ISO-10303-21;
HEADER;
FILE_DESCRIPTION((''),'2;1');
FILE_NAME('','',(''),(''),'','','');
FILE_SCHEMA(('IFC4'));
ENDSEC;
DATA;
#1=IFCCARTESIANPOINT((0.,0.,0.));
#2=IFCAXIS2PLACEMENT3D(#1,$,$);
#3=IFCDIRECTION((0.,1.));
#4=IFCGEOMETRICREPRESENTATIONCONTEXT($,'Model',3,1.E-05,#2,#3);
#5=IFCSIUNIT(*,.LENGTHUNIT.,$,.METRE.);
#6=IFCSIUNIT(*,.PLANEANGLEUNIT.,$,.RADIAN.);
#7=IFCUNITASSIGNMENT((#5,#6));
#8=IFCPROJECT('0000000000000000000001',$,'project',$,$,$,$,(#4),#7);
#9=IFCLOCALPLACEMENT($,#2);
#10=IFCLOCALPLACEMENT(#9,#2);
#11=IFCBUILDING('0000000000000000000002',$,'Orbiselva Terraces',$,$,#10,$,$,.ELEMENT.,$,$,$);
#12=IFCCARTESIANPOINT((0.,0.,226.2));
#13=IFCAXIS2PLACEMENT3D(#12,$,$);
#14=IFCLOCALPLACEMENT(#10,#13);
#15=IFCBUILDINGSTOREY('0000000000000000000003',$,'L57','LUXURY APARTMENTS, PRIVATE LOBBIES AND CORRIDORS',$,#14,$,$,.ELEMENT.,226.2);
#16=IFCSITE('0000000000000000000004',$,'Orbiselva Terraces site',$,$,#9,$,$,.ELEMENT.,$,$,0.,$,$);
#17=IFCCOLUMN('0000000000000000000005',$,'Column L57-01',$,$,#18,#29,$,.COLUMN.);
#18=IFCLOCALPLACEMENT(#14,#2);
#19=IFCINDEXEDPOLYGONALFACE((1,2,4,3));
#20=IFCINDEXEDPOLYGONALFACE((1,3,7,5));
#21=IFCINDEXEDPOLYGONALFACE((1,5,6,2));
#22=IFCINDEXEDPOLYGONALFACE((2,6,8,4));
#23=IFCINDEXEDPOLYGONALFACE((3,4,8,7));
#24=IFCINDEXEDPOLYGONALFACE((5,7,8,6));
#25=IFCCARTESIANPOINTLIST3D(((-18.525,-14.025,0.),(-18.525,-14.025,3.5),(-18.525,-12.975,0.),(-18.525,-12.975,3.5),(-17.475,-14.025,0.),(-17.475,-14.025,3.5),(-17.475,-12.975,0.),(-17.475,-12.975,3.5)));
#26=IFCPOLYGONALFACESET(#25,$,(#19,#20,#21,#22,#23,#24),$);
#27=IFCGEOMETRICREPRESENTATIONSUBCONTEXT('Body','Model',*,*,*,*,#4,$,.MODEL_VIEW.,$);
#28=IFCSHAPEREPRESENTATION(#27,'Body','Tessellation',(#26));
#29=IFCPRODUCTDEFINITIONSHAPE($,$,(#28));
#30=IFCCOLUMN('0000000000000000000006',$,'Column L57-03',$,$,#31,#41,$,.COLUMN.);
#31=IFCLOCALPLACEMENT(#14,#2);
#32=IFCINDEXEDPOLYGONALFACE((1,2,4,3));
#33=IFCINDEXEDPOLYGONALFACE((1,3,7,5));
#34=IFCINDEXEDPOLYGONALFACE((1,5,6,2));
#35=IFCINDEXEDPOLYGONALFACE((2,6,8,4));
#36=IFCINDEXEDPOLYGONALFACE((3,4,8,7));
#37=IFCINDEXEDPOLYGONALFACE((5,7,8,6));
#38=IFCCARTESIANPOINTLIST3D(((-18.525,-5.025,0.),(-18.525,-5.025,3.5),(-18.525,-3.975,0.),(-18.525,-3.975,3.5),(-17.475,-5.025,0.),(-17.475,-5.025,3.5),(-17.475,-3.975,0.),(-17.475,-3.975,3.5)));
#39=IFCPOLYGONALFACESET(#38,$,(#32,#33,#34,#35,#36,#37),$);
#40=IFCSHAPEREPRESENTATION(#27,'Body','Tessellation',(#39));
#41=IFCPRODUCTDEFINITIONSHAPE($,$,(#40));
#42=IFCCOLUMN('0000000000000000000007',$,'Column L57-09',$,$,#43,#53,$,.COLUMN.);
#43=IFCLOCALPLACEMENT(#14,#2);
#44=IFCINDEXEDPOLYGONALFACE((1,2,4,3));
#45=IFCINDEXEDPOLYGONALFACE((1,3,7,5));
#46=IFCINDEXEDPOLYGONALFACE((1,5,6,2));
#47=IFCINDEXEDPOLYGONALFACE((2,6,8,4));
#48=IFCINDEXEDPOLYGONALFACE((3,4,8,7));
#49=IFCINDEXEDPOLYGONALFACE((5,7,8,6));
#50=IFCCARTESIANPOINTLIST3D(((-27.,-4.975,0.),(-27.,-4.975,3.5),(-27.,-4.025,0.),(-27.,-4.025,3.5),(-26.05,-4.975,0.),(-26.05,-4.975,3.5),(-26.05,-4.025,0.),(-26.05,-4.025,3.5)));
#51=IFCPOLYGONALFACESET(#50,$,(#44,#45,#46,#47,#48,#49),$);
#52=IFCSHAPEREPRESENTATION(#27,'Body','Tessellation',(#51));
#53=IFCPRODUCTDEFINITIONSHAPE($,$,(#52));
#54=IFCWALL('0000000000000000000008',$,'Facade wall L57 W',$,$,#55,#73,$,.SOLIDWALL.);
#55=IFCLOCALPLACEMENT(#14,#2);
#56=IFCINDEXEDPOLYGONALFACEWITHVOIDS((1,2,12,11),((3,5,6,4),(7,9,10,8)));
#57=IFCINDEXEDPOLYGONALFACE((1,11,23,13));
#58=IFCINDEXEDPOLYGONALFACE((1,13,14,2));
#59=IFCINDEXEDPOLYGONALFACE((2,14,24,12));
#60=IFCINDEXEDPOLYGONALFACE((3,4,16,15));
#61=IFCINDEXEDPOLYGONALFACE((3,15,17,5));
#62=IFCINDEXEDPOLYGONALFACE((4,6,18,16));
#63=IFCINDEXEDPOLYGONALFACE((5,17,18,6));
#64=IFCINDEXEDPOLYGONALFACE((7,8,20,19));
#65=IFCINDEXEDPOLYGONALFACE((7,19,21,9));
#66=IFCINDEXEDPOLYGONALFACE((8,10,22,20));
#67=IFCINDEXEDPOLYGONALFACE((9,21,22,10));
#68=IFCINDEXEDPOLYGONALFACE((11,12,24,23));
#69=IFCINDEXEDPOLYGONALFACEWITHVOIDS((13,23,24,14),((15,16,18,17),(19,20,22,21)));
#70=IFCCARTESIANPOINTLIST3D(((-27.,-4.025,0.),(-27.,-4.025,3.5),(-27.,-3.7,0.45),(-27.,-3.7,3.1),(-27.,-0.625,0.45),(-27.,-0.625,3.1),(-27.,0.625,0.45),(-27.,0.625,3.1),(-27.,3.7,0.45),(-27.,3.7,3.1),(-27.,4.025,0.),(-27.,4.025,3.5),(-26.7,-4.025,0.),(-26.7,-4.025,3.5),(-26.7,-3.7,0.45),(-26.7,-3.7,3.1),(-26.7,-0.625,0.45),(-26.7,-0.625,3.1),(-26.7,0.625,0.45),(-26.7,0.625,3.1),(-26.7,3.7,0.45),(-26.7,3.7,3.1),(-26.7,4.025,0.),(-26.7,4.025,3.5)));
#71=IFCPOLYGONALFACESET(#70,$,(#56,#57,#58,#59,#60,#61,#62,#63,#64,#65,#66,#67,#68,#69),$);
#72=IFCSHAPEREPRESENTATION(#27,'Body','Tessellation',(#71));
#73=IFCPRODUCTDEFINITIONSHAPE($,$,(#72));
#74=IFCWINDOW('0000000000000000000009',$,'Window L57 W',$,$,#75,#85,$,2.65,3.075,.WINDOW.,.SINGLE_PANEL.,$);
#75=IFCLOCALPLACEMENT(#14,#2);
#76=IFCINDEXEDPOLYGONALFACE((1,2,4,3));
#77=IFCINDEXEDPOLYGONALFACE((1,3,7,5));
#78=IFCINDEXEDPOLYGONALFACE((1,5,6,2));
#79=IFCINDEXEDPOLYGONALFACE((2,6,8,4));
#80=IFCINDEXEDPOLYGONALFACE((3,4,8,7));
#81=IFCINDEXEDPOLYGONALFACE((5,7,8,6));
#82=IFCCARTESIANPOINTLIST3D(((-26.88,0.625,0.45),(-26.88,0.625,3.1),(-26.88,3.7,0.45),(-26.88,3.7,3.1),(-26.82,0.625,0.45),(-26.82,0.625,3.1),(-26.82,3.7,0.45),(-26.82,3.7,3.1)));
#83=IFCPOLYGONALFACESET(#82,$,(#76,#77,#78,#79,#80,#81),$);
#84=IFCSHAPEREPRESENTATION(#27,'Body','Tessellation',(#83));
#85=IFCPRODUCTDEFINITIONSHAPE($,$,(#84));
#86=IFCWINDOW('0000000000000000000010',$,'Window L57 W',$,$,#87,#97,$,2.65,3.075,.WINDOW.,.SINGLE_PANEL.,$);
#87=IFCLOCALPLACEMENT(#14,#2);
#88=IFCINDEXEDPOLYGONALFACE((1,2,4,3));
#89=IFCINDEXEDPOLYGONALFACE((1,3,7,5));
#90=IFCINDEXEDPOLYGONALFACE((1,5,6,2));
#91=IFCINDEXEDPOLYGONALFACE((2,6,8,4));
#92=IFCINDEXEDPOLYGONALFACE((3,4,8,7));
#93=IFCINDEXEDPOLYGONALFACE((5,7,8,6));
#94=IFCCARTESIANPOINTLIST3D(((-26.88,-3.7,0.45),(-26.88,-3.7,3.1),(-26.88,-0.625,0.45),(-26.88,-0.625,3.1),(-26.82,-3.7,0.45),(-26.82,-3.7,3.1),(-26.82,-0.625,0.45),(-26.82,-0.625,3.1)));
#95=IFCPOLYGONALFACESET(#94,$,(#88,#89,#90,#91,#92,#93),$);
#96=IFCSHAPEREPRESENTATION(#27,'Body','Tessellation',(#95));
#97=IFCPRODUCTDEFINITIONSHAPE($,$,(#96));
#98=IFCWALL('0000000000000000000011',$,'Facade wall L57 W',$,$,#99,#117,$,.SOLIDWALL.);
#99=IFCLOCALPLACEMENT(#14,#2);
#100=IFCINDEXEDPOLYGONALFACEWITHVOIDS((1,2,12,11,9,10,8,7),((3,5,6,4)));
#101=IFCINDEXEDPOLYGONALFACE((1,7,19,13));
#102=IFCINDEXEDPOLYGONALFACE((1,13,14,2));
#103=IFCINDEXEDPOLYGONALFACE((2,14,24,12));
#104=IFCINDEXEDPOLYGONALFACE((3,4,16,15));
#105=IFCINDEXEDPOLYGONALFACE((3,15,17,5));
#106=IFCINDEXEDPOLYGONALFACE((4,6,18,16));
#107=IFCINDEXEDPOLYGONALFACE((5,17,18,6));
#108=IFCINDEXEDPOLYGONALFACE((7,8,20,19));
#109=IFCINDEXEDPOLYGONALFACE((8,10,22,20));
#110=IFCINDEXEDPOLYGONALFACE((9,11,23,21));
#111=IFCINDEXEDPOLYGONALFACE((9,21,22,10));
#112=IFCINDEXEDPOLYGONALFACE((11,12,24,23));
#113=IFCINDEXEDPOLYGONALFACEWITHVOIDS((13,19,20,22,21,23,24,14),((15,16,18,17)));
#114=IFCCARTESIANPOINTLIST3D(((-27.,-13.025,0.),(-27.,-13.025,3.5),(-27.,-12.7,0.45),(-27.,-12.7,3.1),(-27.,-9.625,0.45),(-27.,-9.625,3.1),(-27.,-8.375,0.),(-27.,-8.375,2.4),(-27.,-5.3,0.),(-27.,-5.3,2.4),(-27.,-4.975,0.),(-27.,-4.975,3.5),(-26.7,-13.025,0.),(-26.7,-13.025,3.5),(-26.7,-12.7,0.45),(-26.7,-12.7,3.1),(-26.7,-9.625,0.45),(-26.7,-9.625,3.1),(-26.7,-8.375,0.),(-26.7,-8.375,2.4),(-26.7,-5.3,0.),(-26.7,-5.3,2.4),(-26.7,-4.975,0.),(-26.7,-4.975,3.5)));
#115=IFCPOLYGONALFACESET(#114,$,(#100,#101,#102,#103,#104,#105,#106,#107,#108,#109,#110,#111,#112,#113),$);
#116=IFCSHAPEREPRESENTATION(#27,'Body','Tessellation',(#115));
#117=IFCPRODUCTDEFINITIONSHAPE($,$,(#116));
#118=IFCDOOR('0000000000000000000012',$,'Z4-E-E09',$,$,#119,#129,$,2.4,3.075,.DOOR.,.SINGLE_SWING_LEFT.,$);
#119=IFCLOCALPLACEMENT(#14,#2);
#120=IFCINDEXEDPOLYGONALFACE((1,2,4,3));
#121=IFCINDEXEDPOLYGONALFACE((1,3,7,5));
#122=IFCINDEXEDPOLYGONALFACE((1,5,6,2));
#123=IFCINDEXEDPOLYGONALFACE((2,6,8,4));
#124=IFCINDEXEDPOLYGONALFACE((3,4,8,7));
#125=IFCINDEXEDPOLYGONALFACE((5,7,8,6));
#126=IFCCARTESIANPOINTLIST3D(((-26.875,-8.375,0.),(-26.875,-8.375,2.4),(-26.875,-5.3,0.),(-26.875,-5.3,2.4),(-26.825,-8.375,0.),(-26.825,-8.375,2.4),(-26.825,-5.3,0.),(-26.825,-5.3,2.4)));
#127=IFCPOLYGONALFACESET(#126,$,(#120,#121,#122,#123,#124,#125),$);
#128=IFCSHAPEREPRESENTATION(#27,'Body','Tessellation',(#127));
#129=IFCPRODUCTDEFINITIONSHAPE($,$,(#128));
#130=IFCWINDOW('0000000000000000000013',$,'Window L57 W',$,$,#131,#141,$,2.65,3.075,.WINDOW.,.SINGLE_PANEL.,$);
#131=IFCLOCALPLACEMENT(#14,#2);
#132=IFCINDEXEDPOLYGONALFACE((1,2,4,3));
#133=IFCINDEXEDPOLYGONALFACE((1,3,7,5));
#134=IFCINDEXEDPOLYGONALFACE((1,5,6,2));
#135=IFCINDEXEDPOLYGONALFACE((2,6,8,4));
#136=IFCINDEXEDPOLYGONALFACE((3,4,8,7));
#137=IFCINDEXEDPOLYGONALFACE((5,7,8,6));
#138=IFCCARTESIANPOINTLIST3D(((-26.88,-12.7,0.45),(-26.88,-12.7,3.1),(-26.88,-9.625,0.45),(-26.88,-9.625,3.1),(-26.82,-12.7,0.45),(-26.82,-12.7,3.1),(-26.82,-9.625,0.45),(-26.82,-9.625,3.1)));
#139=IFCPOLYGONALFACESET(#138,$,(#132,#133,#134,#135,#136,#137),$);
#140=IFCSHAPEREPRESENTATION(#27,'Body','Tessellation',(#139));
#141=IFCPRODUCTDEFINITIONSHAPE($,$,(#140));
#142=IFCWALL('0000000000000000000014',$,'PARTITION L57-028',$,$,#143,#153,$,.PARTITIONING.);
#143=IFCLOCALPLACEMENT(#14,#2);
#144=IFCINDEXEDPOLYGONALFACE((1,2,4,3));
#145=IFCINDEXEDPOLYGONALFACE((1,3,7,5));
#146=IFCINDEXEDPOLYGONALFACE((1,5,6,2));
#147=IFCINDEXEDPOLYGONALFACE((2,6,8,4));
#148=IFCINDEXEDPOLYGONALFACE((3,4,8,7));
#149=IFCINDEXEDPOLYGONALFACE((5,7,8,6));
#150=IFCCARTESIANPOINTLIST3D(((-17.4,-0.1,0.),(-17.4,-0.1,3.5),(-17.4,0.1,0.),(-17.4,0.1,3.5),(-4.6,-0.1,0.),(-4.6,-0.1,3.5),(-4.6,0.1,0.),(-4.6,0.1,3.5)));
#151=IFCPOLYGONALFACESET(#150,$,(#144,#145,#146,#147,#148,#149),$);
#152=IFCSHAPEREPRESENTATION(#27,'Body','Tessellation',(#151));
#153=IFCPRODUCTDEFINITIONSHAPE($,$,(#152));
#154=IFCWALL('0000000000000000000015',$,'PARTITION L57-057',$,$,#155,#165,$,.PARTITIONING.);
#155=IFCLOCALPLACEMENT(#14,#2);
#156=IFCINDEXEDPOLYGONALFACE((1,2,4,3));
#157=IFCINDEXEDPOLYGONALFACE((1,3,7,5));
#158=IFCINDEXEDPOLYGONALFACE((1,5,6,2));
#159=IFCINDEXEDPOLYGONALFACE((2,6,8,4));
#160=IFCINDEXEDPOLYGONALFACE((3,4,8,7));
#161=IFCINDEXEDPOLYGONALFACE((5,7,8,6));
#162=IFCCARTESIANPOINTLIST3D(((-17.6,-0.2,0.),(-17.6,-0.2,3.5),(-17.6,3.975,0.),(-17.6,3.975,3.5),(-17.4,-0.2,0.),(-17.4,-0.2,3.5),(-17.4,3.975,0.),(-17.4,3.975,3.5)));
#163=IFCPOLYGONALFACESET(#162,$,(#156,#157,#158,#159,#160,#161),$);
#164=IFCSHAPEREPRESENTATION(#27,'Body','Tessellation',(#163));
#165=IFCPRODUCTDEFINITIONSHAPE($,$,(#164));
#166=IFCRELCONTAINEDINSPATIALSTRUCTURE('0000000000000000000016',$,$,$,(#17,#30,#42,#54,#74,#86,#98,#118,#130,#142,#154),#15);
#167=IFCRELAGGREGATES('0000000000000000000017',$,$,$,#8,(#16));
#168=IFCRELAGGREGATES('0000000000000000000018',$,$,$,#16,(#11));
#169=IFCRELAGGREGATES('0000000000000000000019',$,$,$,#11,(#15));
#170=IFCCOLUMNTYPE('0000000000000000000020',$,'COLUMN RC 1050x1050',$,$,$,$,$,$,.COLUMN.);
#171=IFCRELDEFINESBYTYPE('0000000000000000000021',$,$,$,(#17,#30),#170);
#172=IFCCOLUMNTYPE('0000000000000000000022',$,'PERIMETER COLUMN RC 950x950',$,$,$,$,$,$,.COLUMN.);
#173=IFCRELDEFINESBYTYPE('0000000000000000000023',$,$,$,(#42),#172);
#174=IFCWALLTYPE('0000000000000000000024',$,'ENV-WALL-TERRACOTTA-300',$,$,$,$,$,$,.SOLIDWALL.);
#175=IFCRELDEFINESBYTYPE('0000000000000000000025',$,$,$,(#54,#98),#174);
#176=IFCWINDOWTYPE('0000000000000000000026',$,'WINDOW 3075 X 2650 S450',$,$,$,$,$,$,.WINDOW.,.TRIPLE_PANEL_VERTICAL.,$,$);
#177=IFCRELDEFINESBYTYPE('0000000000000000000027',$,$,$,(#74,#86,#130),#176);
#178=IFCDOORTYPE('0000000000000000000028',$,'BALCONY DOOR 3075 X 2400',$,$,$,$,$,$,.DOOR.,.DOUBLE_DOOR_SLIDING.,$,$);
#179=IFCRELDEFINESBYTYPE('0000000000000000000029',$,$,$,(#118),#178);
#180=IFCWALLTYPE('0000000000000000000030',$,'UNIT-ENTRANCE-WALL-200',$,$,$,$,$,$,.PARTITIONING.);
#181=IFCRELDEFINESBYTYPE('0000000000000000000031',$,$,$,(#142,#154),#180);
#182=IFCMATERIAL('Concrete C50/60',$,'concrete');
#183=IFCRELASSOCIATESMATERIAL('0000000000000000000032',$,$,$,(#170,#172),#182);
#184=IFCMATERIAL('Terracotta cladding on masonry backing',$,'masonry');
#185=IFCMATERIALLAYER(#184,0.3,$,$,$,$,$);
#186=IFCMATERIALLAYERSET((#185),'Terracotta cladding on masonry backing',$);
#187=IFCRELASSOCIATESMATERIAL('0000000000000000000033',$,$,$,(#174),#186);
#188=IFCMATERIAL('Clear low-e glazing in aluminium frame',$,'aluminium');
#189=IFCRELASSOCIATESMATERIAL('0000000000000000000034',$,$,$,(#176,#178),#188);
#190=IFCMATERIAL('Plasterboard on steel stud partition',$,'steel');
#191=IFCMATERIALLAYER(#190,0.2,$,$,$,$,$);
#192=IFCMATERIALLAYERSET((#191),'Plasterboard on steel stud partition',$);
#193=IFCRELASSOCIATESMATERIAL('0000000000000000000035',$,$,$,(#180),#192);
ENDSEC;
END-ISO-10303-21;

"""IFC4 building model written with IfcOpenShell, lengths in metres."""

from ifc_helpers import new_model, si_unit, direction, frame, frame_2d, origin, origin_2d, place, context, subcontext, project, spatial, rectangle, extrude, material, layer, layer_set, material_profile, profile_set, type_object, element, fill, save


model = new_model("IFC4")

# Units and contexts
model_context = context("Model", 3, precision=1e-05, world=origin(), true_north=direction((0.0, 1.0)))
body_context = subcontext(model_context, "Body", "Model", "MODEL_VIEW")
ifc_project = project(units=[si_unit("LENGTHUNIT", "METRE"), si_unit("PLANEANGLEUNIT", "RADIAN")], contexts=[model_context])

# Site, building, storey
site_placement = place(None, origin())
site = spatial("IfcSite", under=ifc_project, at=site_placement, Name="Orbiselva Terraces site", CompositionType="ELEMENT", RefElevation=0.0)
building_placement = place(site_placement, origin())
building = spatial("IfcBuilding", under=site, at=building_placement, Name="Orbiselva Terraces", CompositionType="ELEMENT")
storey_placement = place(building_placement, frame((0.0, 0.0, 226.2)))
storey = spatial("IfcBuildingStorey", under=building, at=storey_placement, Name="L57", Description="LUXURY APARTMENTS, PRIVATE LOBBIES AND CORRIDORS", CompositionType="ELEMENT", Elevation=226.2)

# Columns
ifc_material_1 = material(Name="Concrete C50/60", Category="concrete")
ifc_material_profile_1 = material_profile(ifc_material_1, rectangle(XDim=1.05, YDim=1.05, at=origin_2d()), Name="RC 1050x1050")
ifc_profile_set_1 = profile_set([ifc_material_profile_1], Name="Concrete C50/60")
column_type_1 = type_object("IfcColumnType", Name="COLUMN RC 1050x1050", PredefinedType="COLUMN", material=ifc_profile_set_1)
for number, where, z_axis, x_axis, name in (
    (1, (-18.0, -13.5, 0.0), (0.0, 0.0, 1.0), (1.0, 0.0, 0.0), "Column L57-01"),
    (2, (-18.0, -4.5, 0.0), (0.0, 0.0, 1.0), (1.0, 0.0, 0.0), "Column L57-03"),
):
    element("IfcColumn", number, at=place(storey_placement, frame(where, z_axis=z_axis, x_axis=x_axis)), inside=storey, type_object=column_type_1, Name=name, PredefinedType="COLUMN", context=body_context, shape_type="SweptSolid", body=[
        extrude(rectangle(XDim=1.05, YDim=1.05, at=origin_2d()), origin(), (0.0, 0.0, 1.0), 3.5),
    ])
ifc_material_profile_2 = material_profile(ifc_material_1, rectangle(XDim=0.95, YDim=0.95, at=origin_2d()), Name="RC 950x950")
ifc_profile_set_2 = profile_set([ifc_material_profile_2], Name="Concrete C50/60")
column_type_2 = type_object("IfcColumnType", Name="PERIMETER COLUMN RC 950x950", PredefinedType="COLUMN", material=ifc_profile_set_2)
column_placement = place(storey_placement, frame((-26.525, -4.5, 0.0), z_axis=(0.0, 0.0, 1.0), x_axis=(1.0, 0.0, 0.0)))
element("IfcColumn", 3, at=column_placement, inside=storey, type_object=column_type_2, Name="Column L57-09", PredefinedType="COLUMN", context=body_context, shape_type="SweptSolid", body=[
    extrude(rectangle(XDim=0.95, YDim=0.95, at=origin_2d()), origin(), (0.0, 0.0, 1.0), 3.5),
])

# Wall, openings, windows
ifc_material_2 = material(Name="Terracotta cladding on masonry backing", Category="masonry")
ifc_layer_1 = layer(ifc_material_2, 0.3)
ifc_layer_set_1 = layer_set([ifc_layer_1], Name="Terracotta cladding on masonry backing")
wall_type_1 = type_object("IfcWallType", Name="ENV-WALL-TERRACOTTA-300", PredefinedType="SOLIDWALL", material=ifc_layer_set_1)
wall_1_placement = place(storey_placement, frame((-26.85, -4.025, 0.0), z_axis=(0.0, 0.0, 1.0), x_axis=(0.0, 1.0, 0.0)))
wall_1 = element("IfcWall", 4, at=wall_1_placement, inside=storey, type_object=wall_type_1, Name="Facade wall L57 W", PredefinedType="SOLIDWALL", context=body_context, shape_type="SweptSolid", body=[
    extrude(rectangle(XDim=8.05, YDim=0.3, at=frame_2d((4.025, 0.0))), origin(), (0.0, 0.0, 1.0), 3.5),
])
opening_1_placement = place(wall_1_placement, frame((4.65, 0.0, 0.45)))
opening_1 = element("IfcOpeningElement", 5, at=opening_1_placement, cuts=wall_1, PredefinedType="OPENING", context=body_context, shape_type="SweptSolid", body=[
    extrude(rectangle(XDim=3.075, YDim=2.65, at=frame_2d((1.5375, 1.325))), frame((0.0, 0.16, 0.0), z_axis=(0.0, -1.0, 0.0), x_axis=(1.0, 0.0, 0.0)), (0.0, 0.0, 1.0), 0.32),
])
opening_2_placement = place(wall_1_placement, frame((0.325, 0.0, 0.45)))
opening_2 = element("IfcOpeningElement", 6, at=opening_2_placement, cuts=wall_1, PredefinedType="OPENING", context=body_context, shape_type="SweptSolid", body=[
    extrude(rectangle(XDim=3.075, YDim=2.65, at=frame_2d((1.5375, 1.325))), frame((0.0, 0.16, 0.0), z_axis=(0.0, -1.0, 0.0), x_axis=(1.0, 0.0, 0.0)), (0.0, 0.0, 1.0), 0.32),
])
ifc_material_3 = material(Name="Clear low-e glazing in aluminium frame", Category="aluminium")
window_type = type_object("IfcWindowType", Name="WINDOW 3075 X 2650 S450", PartitioningType="TRIPLE_PANEL_VERTICAL", PredefinedType="WINDOW", material=ifc_material_3)
window_1_placement = place(opening_1_placement, origin())
window_1 = element("IfcWindow", 7, at=window_1_placement, inside=storey, type_object=window_type, Name="Window L57 W", OverallHeight=2.65, OverallWidth=3.075, PartitioningType="SINGLE_PANEL", PredefinedType="WINDOW", context=body_context, shape_type="SweptSolid", body=[
    extrude(rectangle(XDim=3.075, YDim=2.65, at=frame_2d((1.5375, 1.325))), frame((0.0, 0.03, 0.0), z_axis=(0.0, -1.0, 0.0), x_axis=(1.0, 0.0, 0.0)), (0.0, 0.0, 1.0), 0.06),
])
fill(opening_1, window_1)
window_2_placement = place(opening_2_placement, origin())
window_2 = element("IfcWindow", 8, at=window_2_placement, inside=storey, type_object=window_type, Name="Window L57 W", OverallHeight=2.65, OverallWidth=3.075, PartitioningType="SINGLE_PANEL", PredefinedType="WINDOW", context=body_context, shape_type="SweptSolid", body=[
    extrude(rectangle(XDim=3.075, YDim=2.65, at=frame_2d((1.5375, 1.325))), frame((0.0, 0.03, 0.0), z_axis=(0.0, -1.0, 0.0), x_axis=(1.0, 0.0, 0.0)), (0.0, 0.0, 1.0), 0.06),
])
fill(opening_2, window_2)

# Wall, openings, door, window
wall_2_placement = place(storey_placement, frame((-26.85, -13.025, 0.0), z_axis=(0.0, 0.0, 1.0), x_axis=(0.0, 1.0, 0.0)))
wall_2 = element("IfcWall", 9, at=wall_2_placement, inside=storey, type_object=wall_type_1, Name="Facade wall L57 W", PredefinedType="SOLIDWALL", context=body_context, shape_type="SweptSolid", body=[
    extrude(rectangle(XDim=8.05, YDim=0.3, at=frame_2d((4.025, 0.0))), origin(), (0.0, 0.0, 1.0), 3.5),
])
opening_3_placement = place(wall_2_placement, frame((4.65, 0.0, 0.0)))
opening_3 = element("IfcOpeningElement", 10, at=opening_3_placement, cuts=wall_2, PredefinedType="OPENING", context=body_context, shape_type="SweptSolid", body=[
    extrude(rectangle(XDim=3.075, YDim=2.4, at=frame_2d((1.5375, 1.2))), frame((0.0, 0.16, 0.0), z_axis=(0.0, -1.0, 0.0), x_axis=(1.0, 0.0, 0.0)), (0.0, 0.0, 1.0), 0.32),
])
opening_4_placement = place(wall_2_placement, frame((0.325, 0.0, 0.45)))
opening_4 = element("IfcOpeningElement", 11, at=opening_4_placement, cuts=wall_2, PredefinedType="OPENING", context=body_context, shape_type="SweptSolid", body=[
    extrude(rectangle(XDim=3.075, YDim=2.65, at=frame_2d((1.5375, 1.325))), frame((0.0, 0.16, 0.0), z_axis=(0.0, -1.0, 0.0), x_axis=(1.0, 0.0, 0.0)), (0.0, 0.0, 1.0), 0.32),
])
door_type_1 = type_object("IfcDoorType", Name="BALCONY DOOR 3075 X 2400", OperationType="DOUBLE_DOOR_SLIDING", PredefinedType="DOOR", material=ifc_material_3)
door_1_placement = place(opening_3_placement, origin())
door_1 = element("IfcDoor", 12, at=door_1_placement, inside=storey, type_object=door_type_1, Name="Z4-E-E09", OperationType="SINGLE_SWING_LEFT", OverallHeight=2.4, OverallWidth=3.075, PredefinedType="DOOR", context=body_context, shape_type="SweptSolid", body=[
    extrude(rectangle(XDim=3.075, YDim=2.4, at=frame_2d((1.5375, 1.2))), frame((0.0, 0.025, 0.0), z_axis=(0.0, -1.0, 0.0), x_axis=(1.0, 0.0, 0.0)), (0.0, 0.0, 1.0), 0.05),
])
fill(opening_3, door_1)
window_3_placement = place(opening_4_placement, origin())
window_3 = element("IfcWindow", 13, at=window_3_placement, inside=storey, type_object=window_type, Name="Window L57 W", OverallHeight=2.65, OverallWidth=3.075, PartitioningType="SINGLE_PANEL", PredefinedType="WINDOW", context=body_context, shape_type="SweptSolid", body=[
    extrude(rectangle(XDim=3.075, YDim=2.65, at=frame_2d((1.5375, 1.325))), frame((0.0, 0.03, 0.0), z_axis=(0.0, -1.0, 0.0), x_axis=(1.0, 0.0, 0.0)), (0.0, 0.0, 1.0), 0.06),
])
fill(opening_4, window_3)

# Walls
ifc_material_4 = material(Name="Plasterboard on steel stud partition", Category="steel")
ifc_layer_2 = layer(ifc_material_4, 0.2)
ifc_layer_set_2 = layer_set([ifc_layer_2], Name="Plasterboard on steel stud partition")
wall_type_2 = type_object("IfcWallType", Name="UNIT-ENTRANCE-WALL-200", PredefinedType="PARTITIONING", material=ifc_layer_set_2)
wall_3_placement = place(storey_placement, frame((-17.4, 0.0, 0.0), z_axis=(0.0, 0.0, 1.0), x_axis=(1.0, 0.0, 0.0)))
element("IfcWall", 14, at=wall_3_placement, inside=storey, type_object=wall_type_2, Name="PARTITION L57-028", PredefinedType="PARTITIONING", context=body_context, shape_type="SweptSolid", body=[
    extrude(rectangle(XDim=12.8, YDim=0.2, at=frame_2d((6.4, 0.0))), origin(), (0.0, 0.0, 1.0), 3.5),
])
wall_4_placement = place(storey_placement, frame((-17.5, -0.2, 0.0), z_axis=(0.0, 0.0, 1.0), x_axis=(0.0, 1.0, 0.0)))
element("IfcWall", 15, at=wall_4_placement, inside=storey, type_object=wall_type_2, Name="PARTITION L57-057", PredefinedType="PARTITIONING", context=body_context, shape_type="SweptSolid", body=[
    extrude(rectangle(XDim=4.175, YDim=0.2, at=frame_2d((2.0875, 0.0))), origin(), (0.0, 0.0, 1.0), 3.5),
])

save(model, "model.ifc")
